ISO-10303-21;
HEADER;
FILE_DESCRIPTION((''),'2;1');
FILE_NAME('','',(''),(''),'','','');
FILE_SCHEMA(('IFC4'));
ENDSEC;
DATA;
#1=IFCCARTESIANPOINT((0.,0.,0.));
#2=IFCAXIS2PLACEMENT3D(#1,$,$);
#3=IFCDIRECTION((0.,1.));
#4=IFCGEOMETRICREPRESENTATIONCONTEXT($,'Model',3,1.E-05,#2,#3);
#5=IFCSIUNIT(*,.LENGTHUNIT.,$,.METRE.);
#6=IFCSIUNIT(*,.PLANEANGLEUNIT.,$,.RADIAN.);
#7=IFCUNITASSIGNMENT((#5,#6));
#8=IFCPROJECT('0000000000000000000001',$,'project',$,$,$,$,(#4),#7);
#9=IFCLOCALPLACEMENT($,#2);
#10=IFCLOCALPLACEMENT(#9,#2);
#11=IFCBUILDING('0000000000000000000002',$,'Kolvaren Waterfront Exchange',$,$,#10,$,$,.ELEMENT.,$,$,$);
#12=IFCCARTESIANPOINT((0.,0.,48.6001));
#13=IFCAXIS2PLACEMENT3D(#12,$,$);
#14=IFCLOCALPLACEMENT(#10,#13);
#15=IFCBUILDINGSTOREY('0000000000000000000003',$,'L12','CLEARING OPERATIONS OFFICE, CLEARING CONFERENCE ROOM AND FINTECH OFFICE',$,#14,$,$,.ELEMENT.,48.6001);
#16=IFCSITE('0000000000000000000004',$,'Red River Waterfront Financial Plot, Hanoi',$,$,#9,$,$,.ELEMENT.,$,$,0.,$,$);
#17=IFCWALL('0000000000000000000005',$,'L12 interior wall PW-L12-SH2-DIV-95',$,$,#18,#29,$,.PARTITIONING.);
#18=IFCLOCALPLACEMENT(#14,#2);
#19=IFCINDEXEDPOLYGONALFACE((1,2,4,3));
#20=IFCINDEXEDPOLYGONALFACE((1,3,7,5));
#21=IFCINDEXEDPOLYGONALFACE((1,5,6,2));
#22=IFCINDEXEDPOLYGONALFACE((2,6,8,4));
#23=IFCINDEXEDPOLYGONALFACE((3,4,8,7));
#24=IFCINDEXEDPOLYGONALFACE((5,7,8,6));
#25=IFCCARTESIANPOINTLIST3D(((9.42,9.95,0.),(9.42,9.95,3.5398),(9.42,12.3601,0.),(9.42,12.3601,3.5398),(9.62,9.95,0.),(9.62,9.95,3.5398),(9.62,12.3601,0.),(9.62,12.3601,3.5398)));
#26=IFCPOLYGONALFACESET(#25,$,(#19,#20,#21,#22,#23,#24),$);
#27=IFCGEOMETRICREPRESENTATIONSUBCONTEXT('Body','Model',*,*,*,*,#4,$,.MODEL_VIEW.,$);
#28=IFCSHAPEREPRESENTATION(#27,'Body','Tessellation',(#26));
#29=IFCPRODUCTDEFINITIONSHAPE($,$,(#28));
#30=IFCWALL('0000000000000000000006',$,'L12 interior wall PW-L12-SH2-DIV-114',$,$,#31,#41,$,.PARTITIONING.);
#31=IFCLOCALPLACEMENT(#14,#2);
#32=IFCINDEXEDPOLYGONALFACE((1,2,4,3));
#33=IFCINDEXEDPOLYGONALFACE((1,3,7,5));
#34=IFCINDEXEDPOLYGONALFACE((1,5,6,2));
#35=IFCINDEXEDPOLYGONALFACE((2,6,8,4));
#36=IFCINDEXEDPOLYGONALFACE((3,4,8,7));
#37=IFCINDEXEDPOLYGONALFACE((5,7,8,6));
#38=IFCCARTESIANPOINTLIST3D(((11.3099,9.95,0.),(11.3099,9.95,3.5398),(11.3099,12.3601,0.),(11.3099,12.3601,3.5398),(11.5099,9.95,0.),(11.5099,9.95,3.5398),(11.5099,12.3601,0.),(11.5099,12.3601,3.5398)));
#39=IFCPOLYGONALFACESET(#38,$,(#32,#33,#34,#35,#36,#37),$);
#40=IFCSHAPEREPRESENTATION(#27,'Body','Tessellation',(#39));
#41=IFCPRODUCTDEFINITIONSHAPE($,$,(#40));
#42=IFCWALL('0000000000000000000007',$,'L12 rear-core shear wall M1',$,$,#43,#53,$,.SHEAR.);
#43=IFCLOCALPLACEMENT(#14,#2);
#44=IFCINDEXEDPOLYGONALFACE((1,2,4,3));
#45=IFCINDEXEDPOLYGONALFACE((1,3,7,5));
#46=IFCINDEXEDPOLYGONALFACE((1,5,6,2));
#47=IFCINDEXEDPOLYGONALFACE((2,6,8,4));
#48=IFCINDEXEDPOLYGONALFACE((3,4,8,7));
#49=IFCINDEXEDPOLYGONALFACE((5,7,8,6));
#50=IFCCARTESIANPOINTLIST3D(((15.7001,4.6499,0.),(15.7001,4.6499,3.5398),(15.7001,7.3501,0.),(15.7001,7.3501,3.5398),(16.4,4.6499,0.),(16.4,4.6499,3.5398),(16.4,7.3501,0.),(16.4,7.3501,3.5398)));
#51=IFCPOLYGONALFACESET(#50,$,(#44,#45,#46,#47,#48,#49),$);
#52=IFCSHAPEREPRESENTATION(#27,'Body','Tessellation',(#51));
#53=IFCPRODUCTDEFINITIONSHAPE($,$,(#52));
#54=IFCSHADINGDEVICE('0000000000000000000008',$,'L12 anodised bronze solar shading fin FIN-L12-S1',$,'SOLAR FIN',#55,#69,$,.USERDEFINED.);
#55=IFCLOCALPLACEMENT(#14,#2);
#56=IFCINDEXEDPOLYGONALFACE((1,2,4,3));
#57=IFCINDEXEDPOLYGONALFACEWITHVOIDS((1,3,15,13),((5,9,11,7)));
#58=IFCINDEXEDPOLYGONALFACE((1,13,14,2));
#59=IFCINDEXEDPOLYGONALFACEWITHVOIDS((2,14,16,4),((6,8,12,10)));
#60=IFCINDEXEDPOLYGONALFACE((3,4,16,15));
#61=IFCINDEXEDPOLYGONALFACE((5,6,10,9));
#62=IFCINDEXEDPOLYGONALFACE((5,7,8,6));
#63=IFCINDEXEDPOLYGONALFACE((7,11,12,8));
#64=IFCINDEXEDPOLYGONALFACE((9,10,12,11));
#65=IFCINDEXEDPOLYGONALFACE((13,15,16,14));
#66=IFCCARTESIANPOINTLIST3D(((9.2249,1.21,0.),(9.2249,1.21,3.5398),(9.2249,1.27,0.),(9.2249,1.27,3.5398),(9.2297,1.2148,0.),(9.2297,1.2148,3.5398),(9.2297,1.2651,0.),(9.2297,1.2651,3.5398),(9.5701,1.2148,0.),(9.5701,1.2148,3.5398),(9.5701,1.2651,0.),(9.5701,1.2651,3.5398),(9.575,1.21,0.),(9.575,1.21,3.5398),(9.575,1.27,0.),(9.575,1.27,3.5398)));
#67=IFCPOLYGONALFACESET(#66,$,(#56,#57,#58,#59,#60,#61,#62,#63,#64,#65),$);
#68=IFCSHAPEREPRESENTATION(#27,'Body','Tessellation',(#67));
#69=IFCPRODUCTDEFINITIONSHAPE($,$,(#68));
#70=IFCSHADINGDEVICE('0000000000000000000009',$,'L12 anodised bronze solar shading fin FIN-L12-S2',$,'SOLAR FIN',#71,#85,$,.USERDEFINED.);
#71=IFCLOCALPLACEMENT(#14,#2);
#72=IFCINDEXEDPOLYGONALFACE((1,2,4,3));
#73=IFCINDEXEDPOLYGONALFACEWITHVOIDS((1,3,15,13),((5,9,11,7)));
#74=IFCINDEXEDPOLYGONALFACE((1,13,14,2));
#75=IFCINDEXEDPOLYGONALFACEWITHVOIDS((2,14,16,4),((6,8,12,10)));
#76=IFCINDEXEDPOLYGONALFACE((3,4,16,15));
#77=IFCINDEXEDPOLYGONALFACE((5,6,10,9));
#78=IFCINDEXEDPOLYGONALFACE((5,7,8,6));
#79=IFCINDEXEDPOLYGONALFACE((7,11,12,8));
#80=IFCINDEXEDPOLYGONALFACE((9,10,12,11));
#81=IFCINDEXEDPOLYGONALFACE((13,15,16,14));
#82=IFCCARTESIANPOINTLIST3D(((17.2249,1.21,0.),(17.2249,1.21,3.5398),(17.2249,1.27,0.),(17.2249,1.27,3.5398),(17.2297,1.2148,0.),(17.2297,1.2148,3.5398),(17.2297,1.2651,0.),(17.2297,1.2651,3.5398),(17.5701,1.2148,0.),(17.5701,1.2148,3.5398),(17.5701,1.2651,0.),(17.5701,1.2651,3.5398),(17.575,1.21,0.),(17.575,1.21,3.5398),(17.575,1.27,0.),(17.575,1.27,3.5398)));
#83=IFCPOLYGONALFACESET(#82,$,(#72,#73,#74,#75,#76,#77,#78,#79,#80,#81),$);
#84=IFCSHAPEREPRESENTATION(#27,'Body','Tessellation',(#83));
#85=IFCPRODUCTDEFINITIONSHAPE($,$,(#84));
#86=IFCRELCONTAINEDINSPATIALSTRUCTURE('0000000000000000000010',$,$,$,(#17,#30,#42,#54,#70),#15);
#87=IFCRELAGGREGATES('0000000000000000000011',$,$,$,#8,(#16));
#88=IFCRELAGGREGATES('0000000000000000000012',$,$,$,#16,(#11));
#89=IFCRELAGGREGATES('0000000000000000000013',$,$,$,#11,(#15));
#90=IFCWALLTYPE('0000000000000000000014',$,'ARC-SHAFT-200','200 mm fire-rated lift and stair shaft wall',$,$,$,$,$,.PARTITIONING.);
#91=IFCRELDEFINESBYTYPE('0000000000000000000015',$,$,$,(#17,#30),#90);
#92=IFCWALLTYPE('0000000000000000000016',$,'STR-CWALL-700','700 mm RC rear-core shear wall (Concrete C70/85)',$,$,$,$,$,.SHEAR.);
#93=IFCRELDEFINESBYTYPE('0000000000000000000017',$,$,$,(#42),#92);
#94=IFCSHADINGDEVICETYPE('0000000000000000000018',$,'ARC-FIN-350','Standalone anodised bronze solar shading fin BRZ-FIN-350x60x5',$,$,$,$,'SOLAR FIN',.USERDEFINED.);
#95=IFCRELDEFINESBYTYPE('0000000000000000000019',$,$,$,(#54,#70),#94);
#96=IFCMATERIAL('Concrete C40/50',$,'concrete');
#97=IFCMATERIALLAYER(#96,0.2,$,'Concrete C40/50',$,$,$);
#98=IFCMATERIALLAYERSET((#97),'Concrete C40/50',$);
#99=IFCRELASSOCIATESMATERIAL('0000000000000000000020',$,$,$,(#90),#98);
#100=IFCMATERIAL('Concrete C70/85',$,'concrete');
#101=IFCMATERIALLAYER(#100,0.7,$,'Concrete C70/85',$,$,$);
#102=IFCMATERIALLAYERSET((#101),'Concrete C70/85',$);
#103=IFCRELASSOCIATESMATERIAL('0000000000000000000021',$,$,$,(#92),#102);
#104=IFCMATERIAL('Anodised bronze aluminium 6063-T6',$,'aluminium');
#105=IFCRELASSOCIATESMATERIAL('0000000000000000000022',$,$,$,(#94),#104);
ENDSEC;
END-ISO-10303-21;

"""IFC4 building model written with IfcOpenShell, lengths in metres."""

from ifc_helpers import new_model, si_unit, direction, frame, frame_2d, origin, origin_2d, place, context, subcontext, project, spatial, rectangle, hollow_rectangle, extrude, material, layer, layer_set, material_profile, profile_set, type_object, element, save


model = new_model("IFC4")

# Units and contexts
model_context = context("Model", 3, precision=1e-05, world=origin(), true_north=direction((0.0, 1.0)))
body_context = subcontext(model_context, "Body", "Model", "MODEL_VIEW")
ifc_project = project(units=[si_unit("LENGTHUNIT", "METRE"), si_unit("PLANEANGLEUNIT", "RADIAN")], contexts=[model_context])

# Site, building, storey
site_placement = place(None, origin())
site = spatial("IfcSite", under=ifc_project, at=site_placement, Name="Red River Waterfront Financial Plot, Hanoi", CompositionType="ELEMENT", RefElevation=0.0)
building_placement = place(site_placement, origin())
building = spatial("IfcBuilding", under=site, at=building_placement, Name="Kolvaren Waterfront Exchange", CompositionType="ELEMENT")
storey_placement = place(building_placement, frame((0.0, 0.0, 48.6001)))
storey = spatial("IfcBuildingStorey", under=building, at=storey_placement, Name="L12", Description="CLEARING OPERATIONS OFFICE, CLEARING CONFERENCE ROOM AND FINTECH OFFICE", CompositionType="ELEMENT", Elevation=48.6001)

# Shared definitions
ifc_material_1 = material(Name="Concrete C70/85", Category="concrete")

# Shared definitions
ifc_material_2 = material(Name="Anodised bronze aluminium 6063-T6", Category="aluminium")

# Walls
ifc_material_3 = material(Name="Concrete C40/50", Category="concrete")
ifc_layer_1 = layer(ifc_material_3, 0.2, Name="Concrete C40/50")
ifc_layer_set_1 = layer_set([ifc_layer_1], Name="Concrete C40/50")
wall_type_1 = type_object("IfcWallType", Name="ARC-SHAFT-200", Description="200 mm fire-rated lift and stair shaft wall", PredefinedType="PARTITIONING", material=ifc_layer_set_1)
for number, where, z_axis, x_axis, name in (
    (1, (9.52, 9.95, 0.0), (0.0, 0.0, 1.0), (0.0, 1.0, 0.0), "L12 interior wall PW-L12-SH2-DIV-95"),
    (2, (11.4099, 9.95, 0.0), (0.0, 0.0, 1.0), (0.0, 1.0, 0.0), "L12 interior wall PW-L12-SH2-DIV-114"),
):
    element("IfcWall", number, at=place(storey_placement, frame(where, z_axis=z_axis, x_axis=x_axis)), inside=storey, type_object=wall_type_1, Name=name, PredefinedType="PARTITIONING", context=body_context, shape_type="SweptSolid", body=[
        extrude(rectangle(XDim=2.4102, YDim=0.2, at=frame_2d((1.2051, 0.0))), origin(), (0.0, 0.0, 1.0), 3.5398),
    ])
ifc_layer_2 = layer(ifc_material_1, 0.7, Name="Concrete C70/85")
ifc_layer_set_2 = layer_set([ifc_layer_2], Name="Concrete C70/85")
wall_type_2 = type_object("IfcWallType", Name="STR-CWALL-700", Description="700 mm RC rear-core shear wall (Concrete C70/85)", PredefinedType="SHEAR", material=ifc_layer_set_2)
wall_1_placement = place(storey_placement, frame((16.05, 4.6499, 0.0), z_axis=(0.0, 0.0, 1.0), x_axis=(0.0, 1.0, 0.0)))
element("IfcWall", 3, at=wall_1_placement, inside=storey, type_object=wall_type_2, Name="L12 rear-core shear wall M1", PredefinedType="SHEAR", context=body_context, shape_type="SweptSolid", body=[
    extrude(rectangle(XDim=2.7002, YDim=0.7, at=frame_2d((1.3501, 0.0))), origin(), (0.0, 0.0, 1.0), 3.5398),
])

# Shading devices
ifc_material_profile_1 = material_profile(ifc_material_2, hollow_rectangle(XDim=0.0601, YDim=0.3501, WallThickness=0.0049, at=origin_2d()), Name="BRZ-FIN-350x60x5")
ifc_profile_set_1 = profile_set([ifc_material_profile_1], Name="Anodised bronze aluminium 6063-T6")
shading_device_type = type_object("IfcShadingDeviceType", Name="ARC-FIN-350", Description="Standalone anodised bronze solar shading fin BRZ-FIN-350x60x5", ElementType="SOLAR FIN", PredefinedType="USERDEFINED", material=ifc_profile_set_1)
for number, where, z_axis, x_axis, name in (
    (4, (9.3999, 1.24, 0.0), (0.0, 0.0, 1.0), (0.0, -1.0, 0.0), "L12 anodised bronze solar shading fin FIN-L12-S1"),
    (5, (17.3999, 1.24, 0.0), (0.0, 0.0, 1.0), (0.0, -1.0, 0.0), "L12 anodised bronze solar shading fin FIN-L12-S2"),
):
    element("IfcShadingDevice", number, at=place(storey_placement, frame(where, z_axis=z_axis, x_axis=x_axis)), inside=storey, type_object=shading_device_type, Name=name, ObjectType="SOLAR FIN", PredefinedType="USERDEFINED", context=body_context, shape_type="SweptSolid", body=[
        extrude(hollow_rectangle(XDim=0.0601, YDim=0.3501, WallThickness=0.0049, at=origin_2d()), origin(), (0.0, 0.0, 1.0), 3.5398),
    ])

save(model, "model.ifc")
